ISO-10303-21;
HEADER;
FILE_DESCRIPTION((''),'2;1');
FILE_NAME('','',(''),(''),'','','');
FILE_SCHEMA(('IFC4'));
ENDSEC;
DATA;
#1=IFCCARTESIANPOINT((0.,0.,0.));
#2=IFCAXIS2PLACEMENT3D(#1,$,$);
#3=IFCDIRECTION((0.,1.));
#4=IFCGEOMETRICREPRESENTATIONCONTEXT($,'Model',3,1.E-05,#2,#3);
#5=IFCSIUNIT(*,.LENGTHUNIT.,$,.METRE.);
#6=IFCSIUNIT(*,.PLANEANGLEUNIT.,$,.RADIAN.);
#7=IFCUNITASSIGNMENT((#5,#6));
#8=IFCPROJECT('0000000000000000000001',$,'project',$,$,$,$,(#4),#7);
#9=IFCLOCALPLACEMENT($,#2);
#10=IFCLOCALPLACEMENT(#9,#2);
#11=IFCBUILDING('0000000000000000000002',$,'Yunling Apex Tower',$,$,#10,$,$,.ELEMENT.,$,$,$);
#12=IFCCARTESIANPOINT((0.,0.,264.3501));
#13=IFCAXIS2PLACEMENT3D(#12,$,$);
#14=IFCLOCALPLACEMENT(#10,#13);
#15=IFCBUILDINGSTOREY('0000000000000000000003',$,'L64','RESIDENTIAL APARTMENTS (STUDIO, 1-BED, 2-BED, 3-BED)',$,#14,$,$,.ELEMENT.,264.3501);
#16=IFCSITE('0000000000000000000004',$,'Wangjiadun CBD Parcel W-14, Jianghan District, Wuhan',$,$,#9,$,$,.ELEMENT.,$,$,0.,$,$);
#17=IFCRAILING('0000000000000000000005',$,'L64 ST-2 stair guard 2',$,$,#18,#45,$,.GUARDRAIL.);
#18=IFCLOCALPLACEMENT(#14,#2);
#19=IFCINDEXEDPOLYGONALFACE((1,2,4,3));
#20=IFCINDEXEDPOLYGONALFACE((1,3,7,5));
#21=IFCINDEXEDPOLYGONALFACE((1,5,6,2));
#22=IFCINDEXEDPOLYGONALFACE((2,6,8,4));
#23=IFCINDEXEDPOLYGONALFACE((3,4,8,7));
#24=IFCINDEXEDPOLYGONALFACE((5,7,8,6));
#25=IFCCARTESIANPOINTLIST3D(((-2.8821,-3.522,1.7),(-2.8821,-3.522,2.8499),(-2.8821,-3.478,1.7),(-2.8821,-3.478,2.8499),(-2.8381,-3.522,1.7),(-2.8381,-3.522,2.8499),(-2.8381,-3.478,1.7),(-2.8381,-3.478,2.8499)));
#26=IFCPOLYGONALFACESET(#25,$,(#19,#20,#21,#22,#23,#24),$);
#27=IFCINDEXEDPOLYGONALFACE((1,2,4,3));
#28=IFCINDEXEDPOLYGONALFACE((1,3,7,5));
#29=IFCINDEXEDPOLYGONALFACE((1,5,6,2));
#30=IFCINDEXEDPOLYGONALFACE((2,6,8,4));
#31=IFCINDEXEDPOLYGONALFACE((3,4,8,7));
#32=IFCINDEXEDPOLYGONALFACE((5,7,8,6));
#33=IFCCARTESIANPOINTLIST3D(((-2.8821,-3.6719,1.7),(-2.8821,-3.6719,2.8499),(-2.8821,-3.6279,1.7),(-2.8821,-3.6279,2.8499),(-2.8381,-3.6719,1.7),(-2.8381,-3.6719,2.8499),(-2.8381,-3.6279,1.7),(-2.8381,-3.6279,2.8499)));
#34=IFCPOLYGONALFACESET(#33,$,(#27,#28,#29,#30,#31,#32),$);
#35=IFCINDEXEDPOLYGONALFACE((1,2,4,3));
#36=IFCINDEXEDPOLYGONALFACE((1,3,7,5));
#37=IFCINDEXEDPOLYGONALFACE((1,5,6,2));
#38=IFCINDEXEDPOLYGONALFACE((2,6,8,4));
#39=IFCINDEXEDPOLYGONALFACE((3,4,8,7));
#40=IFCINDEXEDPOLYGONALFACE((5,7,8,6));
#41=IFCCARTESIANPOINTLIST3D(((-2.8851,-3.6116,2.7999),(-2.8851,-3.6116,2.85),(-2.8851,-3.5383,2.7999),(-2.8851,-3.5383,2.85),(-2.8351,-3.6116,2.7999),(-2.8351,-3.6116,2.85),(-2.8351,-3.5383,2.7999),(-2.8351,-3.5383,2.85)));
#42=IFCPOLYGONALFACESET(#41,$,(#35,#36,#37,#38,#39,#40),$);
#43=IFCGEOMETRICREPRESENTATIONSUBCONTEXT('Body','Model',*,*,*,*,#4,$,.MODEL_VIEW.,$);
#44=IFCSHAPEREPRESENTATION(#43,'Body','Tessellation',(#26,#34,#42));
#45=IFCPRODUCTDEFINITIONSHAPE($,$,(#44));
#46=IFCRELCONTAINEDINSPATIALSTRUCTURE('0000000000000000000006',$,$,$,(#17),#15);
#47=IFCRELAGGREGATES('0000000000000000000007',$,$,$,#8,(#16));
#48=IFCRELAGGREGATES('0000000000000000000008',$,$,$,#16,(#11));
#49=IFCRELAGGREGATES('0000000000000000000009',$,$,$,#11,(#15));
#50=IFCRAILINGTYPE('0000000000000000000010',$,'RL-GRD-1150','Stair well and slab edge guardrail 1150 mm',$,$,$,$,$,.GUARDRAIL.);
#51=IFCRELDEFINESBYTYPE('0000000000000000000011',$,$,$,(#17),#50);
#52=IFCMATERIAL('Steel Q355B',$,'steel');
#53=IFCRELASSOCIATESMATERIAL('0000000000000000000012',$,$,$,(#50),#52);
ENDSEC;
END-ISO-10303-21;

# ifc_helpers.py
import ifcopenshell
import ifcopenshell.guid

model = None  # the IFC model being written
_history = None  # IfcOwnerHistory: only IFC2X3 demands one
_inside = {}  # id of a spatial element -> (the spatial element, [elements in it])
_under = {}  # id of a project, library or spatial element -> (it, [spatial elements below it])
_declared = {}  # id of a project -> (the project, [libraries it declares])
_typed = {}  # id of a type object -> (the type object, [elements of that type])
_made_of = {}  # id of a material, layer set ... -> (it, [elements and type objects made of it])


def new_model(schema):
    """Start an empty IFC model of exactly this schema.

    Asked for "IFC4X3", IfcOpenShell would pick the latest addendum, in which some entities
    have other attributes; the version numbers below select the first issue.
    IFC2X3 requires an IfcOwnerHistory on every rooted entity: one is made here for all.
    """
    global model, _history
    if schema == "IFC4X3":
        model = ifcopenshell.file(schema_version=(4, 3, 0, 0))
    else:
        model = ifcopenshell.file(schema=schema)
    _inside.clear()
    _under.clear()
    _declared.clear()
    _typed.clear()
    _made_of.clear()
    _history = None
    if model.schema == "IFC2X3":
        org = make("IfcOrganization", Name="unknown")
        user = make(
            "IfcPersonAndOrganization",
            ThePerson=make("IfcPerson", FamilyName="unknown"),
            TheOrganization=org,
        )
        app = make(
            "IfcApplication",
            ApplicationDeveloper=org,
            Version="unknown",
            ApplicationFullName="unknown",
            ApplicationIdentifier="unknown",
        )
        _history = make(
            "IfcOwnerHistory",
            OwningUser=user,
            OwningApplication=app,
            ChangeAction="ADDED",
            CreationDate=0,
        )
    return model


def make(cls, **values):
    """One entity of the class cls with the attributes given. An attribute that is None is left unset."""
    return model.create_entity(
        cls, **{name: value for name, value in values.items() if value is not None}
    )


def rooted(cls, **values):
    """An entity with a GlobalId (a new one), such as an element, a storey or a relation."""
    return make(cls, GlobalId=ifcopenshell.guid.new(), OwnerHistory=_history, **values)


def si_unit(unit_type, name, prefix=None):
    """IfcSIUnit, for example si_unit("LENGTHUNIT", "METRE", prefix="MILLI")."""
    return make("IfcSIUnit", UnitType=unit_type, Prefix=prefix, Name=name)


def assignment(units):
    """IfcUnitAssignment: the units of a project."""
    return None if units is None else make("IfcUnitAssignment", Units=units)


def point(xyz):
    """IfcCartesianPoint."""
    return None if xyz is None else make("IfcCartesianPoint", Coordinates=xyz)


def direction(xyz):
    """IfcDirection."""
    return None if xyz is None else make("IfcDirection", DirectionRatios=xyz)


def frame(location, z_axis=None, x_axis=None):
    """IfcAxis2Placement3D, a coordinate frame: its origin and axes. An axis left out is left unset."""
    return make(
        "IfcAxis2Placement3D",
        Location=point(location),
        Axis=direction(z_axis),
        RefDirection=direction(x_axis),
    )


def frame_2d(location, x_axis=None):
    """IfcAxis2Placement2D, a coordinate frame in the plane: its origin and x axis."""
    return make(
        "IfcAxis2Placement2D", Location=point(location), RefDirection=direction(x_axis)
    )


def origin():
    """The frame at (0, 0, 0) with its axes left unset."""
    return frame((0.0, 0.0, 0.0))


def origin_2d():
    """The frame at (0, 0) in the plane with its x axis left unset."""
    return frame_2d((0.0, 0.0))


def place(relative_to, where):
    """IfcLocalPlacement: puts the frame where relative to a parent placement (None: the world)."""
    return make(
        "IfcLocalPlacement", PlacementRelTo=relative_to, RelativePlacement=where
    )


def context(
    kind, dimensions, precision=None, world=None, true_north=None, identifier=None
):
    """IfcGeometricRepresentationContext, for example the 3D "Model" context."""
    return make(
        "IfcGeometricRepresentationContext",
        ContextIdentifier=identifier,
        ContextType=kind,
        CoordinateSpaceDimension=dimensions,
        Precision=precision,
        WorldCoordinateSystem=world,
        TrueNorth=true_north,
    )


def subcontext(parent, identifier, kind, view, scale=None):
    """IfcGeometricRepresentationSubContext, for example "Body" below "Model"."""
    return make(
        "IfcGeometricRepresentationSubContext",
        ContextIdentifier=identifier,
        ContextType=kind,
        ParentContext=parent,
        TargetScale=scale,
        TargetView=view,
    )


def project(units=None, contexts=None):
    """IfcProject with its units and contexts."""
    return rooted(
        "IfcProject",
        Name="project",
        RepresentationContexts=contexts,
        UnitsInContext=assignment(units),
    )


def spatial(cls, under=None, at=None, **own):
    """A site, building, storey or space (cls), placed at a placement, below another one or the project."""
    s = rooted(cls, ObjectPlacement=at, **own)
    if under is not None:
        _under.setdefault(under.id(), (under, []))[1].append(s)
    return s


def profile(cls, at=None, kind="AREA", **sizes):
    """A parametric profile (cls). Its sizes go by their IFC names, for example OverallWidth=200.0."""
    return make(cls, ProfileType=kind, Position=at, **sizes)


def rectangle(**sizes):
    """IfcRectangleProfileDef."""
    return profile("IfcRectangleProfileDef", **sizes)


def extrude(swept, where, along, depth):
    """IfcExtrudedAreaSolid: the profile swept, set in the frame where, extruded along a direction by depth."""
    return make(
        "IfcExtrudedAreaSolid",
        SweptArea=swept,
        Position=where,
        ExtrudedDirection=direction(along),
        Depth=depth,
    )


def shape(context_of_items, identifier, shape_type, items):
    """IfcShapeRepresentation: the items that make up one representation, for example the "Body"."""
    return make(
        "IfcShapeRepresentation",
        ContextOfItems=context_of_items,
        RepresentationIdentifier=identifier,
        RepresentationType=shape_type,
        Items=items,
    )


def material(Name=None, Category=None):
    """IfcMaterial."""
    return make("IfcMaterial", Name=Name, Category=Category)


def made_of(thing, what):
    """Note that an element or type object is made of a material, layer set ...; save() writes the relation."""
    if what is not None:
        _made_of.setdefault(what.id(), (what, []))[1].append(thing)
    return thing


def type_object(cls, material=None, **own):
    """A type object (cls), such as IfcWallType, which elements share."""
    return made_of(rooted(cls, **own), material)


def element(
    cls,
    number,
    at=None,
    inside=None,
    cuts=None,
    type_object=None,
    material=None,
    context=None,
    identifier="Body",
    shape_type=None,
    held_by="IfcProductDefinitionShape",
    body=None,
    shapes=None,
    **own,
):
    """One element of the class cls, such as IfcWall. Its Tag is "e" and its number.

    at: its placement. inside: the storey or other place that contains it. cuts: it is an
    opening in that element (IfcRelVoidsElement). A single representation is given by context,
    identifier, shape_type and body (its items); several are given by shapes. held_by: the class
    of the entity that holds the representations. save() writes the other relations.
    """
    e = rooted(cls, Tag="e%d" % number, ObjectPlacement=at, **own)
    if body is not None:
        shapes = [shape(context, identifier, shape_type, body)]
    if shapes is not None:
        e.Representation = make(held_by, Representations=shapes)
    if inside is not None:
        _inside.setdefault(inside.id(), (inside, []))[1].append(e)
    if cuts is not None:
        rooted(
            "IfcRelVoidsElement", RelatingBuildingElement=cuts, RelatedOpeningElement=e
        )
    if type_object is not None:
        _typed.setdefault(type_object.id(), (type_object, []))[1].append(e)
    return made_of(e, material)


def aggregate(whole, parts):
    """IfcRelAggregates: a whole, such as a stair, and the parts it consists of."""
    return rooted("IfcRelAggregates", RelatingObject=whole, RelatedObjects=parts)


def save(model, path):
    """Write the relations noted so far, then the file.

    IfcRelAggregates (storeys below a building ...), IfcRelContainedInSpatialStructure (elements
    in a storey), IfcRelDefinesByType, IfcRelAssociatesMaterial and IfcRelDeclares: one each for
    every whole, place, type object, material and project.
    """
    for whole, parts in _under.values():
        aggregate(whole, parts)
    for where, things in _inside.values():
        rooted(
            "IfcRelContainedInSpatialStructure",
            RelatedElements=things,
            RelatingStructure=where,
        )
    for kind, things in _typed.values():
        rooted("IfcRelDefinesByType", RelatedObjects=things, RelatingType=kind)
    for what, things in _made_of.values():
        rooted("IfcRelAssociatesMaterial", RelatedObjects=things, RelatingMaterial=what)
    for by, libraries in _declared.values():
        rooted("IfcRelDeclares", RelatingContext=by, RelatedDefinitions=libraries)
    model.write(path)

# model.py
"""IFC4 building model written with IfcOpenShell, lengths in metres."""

from ifc_helpers import new_model, si_unit, direction, frame, origin, origin_2d, place, context, subcontext, project, spatial, rectangle, extrude, material, type_object, element, save


model = new_model("IFC4")

# Units and contexts
model_context = context("Model", 3, precision=1e-05, world=origin(), true_north=direction((0.0, 1.0)))
body_context = subcontext(model_context, "Body", "Model", "MODEL_VIEW")
ifc_project = project(units=[si_unit("LENGTHUNIT", "METRE"), si_unit("PLANEANGLEUNIT", "RADIAN")], contexts=[model_context])

# Site, building, storey
site_placement = place(None, origin())
site = spatial("IfcSite", under=ifc_project, at=site_placement, Name="Wangjiadun CBD Parcel W-14, Jianghan District, Wuhan", CompositionType="ELEMENT", RefElevation=0.0)
building_placement = place(site_placement, origin())
building = spatial("IfcBuilding", under=site, at=building_placement, Name="Yunling Apex Tower", CompositionType="ELEMENT")
storey_placement = place(building_placement, frame((0.0, 0.0, 264.3501)))
storey = spatial("IfcBuildingStorey", under=building, at=storey_placement, Name="L64", Description="RESIDENTIAL APARTMENTS (STUDIO, 1-BED, 2-BED, 3-BED)", CompositionType="ELEMENT", Elevation=264.3501)

# Shared definitions
ifc_material_1 = material(Name="Steel Q355B", Category="steel")

# Railing
railing_type = type_object("IfcRailingType", Name="RL-GRD-1150", Description="Stair well and slab edge guardrail 1150 mm", PredefinedType="GUARDRAIL", material=ifc_material_1)
railing_placement = place(storey_placement, frame((-2.8601, -3.5, 1.7)))
element("IfcRailing", 1, at=railing_placement, inside=storey, type_object=railing_type, Name="L64 ST-2 stair guard 2", PredefinedType="GUARDRAIL", context=body_context, shape_type="SweptSolid", body=[
    extrude(rectangle(XDim=0.0439, YDim=0.0439, at=origin_2d()), origin(), (0.0, 0.0, 1.0), 1.1499),
    extrude(rectangle(XDim=0.0439, YDim=0.0439, at=origin_2d()), frame((0.0, -0.1499, 0.0)), (0.0, 0.0, 1.0), 1.1499),
    extrude(rectangle(XDim=0.05, YDim=0.05, at=origin_2d()), frame((0.0, -0.0383, 1.125), z_axis=(0.0, -1.0, 0.0), x_axis=(1.0, 0.0, 0.0)), (0.0, 0.0, 1.0), 0.0732),
])

save(model, "model.ifc")
